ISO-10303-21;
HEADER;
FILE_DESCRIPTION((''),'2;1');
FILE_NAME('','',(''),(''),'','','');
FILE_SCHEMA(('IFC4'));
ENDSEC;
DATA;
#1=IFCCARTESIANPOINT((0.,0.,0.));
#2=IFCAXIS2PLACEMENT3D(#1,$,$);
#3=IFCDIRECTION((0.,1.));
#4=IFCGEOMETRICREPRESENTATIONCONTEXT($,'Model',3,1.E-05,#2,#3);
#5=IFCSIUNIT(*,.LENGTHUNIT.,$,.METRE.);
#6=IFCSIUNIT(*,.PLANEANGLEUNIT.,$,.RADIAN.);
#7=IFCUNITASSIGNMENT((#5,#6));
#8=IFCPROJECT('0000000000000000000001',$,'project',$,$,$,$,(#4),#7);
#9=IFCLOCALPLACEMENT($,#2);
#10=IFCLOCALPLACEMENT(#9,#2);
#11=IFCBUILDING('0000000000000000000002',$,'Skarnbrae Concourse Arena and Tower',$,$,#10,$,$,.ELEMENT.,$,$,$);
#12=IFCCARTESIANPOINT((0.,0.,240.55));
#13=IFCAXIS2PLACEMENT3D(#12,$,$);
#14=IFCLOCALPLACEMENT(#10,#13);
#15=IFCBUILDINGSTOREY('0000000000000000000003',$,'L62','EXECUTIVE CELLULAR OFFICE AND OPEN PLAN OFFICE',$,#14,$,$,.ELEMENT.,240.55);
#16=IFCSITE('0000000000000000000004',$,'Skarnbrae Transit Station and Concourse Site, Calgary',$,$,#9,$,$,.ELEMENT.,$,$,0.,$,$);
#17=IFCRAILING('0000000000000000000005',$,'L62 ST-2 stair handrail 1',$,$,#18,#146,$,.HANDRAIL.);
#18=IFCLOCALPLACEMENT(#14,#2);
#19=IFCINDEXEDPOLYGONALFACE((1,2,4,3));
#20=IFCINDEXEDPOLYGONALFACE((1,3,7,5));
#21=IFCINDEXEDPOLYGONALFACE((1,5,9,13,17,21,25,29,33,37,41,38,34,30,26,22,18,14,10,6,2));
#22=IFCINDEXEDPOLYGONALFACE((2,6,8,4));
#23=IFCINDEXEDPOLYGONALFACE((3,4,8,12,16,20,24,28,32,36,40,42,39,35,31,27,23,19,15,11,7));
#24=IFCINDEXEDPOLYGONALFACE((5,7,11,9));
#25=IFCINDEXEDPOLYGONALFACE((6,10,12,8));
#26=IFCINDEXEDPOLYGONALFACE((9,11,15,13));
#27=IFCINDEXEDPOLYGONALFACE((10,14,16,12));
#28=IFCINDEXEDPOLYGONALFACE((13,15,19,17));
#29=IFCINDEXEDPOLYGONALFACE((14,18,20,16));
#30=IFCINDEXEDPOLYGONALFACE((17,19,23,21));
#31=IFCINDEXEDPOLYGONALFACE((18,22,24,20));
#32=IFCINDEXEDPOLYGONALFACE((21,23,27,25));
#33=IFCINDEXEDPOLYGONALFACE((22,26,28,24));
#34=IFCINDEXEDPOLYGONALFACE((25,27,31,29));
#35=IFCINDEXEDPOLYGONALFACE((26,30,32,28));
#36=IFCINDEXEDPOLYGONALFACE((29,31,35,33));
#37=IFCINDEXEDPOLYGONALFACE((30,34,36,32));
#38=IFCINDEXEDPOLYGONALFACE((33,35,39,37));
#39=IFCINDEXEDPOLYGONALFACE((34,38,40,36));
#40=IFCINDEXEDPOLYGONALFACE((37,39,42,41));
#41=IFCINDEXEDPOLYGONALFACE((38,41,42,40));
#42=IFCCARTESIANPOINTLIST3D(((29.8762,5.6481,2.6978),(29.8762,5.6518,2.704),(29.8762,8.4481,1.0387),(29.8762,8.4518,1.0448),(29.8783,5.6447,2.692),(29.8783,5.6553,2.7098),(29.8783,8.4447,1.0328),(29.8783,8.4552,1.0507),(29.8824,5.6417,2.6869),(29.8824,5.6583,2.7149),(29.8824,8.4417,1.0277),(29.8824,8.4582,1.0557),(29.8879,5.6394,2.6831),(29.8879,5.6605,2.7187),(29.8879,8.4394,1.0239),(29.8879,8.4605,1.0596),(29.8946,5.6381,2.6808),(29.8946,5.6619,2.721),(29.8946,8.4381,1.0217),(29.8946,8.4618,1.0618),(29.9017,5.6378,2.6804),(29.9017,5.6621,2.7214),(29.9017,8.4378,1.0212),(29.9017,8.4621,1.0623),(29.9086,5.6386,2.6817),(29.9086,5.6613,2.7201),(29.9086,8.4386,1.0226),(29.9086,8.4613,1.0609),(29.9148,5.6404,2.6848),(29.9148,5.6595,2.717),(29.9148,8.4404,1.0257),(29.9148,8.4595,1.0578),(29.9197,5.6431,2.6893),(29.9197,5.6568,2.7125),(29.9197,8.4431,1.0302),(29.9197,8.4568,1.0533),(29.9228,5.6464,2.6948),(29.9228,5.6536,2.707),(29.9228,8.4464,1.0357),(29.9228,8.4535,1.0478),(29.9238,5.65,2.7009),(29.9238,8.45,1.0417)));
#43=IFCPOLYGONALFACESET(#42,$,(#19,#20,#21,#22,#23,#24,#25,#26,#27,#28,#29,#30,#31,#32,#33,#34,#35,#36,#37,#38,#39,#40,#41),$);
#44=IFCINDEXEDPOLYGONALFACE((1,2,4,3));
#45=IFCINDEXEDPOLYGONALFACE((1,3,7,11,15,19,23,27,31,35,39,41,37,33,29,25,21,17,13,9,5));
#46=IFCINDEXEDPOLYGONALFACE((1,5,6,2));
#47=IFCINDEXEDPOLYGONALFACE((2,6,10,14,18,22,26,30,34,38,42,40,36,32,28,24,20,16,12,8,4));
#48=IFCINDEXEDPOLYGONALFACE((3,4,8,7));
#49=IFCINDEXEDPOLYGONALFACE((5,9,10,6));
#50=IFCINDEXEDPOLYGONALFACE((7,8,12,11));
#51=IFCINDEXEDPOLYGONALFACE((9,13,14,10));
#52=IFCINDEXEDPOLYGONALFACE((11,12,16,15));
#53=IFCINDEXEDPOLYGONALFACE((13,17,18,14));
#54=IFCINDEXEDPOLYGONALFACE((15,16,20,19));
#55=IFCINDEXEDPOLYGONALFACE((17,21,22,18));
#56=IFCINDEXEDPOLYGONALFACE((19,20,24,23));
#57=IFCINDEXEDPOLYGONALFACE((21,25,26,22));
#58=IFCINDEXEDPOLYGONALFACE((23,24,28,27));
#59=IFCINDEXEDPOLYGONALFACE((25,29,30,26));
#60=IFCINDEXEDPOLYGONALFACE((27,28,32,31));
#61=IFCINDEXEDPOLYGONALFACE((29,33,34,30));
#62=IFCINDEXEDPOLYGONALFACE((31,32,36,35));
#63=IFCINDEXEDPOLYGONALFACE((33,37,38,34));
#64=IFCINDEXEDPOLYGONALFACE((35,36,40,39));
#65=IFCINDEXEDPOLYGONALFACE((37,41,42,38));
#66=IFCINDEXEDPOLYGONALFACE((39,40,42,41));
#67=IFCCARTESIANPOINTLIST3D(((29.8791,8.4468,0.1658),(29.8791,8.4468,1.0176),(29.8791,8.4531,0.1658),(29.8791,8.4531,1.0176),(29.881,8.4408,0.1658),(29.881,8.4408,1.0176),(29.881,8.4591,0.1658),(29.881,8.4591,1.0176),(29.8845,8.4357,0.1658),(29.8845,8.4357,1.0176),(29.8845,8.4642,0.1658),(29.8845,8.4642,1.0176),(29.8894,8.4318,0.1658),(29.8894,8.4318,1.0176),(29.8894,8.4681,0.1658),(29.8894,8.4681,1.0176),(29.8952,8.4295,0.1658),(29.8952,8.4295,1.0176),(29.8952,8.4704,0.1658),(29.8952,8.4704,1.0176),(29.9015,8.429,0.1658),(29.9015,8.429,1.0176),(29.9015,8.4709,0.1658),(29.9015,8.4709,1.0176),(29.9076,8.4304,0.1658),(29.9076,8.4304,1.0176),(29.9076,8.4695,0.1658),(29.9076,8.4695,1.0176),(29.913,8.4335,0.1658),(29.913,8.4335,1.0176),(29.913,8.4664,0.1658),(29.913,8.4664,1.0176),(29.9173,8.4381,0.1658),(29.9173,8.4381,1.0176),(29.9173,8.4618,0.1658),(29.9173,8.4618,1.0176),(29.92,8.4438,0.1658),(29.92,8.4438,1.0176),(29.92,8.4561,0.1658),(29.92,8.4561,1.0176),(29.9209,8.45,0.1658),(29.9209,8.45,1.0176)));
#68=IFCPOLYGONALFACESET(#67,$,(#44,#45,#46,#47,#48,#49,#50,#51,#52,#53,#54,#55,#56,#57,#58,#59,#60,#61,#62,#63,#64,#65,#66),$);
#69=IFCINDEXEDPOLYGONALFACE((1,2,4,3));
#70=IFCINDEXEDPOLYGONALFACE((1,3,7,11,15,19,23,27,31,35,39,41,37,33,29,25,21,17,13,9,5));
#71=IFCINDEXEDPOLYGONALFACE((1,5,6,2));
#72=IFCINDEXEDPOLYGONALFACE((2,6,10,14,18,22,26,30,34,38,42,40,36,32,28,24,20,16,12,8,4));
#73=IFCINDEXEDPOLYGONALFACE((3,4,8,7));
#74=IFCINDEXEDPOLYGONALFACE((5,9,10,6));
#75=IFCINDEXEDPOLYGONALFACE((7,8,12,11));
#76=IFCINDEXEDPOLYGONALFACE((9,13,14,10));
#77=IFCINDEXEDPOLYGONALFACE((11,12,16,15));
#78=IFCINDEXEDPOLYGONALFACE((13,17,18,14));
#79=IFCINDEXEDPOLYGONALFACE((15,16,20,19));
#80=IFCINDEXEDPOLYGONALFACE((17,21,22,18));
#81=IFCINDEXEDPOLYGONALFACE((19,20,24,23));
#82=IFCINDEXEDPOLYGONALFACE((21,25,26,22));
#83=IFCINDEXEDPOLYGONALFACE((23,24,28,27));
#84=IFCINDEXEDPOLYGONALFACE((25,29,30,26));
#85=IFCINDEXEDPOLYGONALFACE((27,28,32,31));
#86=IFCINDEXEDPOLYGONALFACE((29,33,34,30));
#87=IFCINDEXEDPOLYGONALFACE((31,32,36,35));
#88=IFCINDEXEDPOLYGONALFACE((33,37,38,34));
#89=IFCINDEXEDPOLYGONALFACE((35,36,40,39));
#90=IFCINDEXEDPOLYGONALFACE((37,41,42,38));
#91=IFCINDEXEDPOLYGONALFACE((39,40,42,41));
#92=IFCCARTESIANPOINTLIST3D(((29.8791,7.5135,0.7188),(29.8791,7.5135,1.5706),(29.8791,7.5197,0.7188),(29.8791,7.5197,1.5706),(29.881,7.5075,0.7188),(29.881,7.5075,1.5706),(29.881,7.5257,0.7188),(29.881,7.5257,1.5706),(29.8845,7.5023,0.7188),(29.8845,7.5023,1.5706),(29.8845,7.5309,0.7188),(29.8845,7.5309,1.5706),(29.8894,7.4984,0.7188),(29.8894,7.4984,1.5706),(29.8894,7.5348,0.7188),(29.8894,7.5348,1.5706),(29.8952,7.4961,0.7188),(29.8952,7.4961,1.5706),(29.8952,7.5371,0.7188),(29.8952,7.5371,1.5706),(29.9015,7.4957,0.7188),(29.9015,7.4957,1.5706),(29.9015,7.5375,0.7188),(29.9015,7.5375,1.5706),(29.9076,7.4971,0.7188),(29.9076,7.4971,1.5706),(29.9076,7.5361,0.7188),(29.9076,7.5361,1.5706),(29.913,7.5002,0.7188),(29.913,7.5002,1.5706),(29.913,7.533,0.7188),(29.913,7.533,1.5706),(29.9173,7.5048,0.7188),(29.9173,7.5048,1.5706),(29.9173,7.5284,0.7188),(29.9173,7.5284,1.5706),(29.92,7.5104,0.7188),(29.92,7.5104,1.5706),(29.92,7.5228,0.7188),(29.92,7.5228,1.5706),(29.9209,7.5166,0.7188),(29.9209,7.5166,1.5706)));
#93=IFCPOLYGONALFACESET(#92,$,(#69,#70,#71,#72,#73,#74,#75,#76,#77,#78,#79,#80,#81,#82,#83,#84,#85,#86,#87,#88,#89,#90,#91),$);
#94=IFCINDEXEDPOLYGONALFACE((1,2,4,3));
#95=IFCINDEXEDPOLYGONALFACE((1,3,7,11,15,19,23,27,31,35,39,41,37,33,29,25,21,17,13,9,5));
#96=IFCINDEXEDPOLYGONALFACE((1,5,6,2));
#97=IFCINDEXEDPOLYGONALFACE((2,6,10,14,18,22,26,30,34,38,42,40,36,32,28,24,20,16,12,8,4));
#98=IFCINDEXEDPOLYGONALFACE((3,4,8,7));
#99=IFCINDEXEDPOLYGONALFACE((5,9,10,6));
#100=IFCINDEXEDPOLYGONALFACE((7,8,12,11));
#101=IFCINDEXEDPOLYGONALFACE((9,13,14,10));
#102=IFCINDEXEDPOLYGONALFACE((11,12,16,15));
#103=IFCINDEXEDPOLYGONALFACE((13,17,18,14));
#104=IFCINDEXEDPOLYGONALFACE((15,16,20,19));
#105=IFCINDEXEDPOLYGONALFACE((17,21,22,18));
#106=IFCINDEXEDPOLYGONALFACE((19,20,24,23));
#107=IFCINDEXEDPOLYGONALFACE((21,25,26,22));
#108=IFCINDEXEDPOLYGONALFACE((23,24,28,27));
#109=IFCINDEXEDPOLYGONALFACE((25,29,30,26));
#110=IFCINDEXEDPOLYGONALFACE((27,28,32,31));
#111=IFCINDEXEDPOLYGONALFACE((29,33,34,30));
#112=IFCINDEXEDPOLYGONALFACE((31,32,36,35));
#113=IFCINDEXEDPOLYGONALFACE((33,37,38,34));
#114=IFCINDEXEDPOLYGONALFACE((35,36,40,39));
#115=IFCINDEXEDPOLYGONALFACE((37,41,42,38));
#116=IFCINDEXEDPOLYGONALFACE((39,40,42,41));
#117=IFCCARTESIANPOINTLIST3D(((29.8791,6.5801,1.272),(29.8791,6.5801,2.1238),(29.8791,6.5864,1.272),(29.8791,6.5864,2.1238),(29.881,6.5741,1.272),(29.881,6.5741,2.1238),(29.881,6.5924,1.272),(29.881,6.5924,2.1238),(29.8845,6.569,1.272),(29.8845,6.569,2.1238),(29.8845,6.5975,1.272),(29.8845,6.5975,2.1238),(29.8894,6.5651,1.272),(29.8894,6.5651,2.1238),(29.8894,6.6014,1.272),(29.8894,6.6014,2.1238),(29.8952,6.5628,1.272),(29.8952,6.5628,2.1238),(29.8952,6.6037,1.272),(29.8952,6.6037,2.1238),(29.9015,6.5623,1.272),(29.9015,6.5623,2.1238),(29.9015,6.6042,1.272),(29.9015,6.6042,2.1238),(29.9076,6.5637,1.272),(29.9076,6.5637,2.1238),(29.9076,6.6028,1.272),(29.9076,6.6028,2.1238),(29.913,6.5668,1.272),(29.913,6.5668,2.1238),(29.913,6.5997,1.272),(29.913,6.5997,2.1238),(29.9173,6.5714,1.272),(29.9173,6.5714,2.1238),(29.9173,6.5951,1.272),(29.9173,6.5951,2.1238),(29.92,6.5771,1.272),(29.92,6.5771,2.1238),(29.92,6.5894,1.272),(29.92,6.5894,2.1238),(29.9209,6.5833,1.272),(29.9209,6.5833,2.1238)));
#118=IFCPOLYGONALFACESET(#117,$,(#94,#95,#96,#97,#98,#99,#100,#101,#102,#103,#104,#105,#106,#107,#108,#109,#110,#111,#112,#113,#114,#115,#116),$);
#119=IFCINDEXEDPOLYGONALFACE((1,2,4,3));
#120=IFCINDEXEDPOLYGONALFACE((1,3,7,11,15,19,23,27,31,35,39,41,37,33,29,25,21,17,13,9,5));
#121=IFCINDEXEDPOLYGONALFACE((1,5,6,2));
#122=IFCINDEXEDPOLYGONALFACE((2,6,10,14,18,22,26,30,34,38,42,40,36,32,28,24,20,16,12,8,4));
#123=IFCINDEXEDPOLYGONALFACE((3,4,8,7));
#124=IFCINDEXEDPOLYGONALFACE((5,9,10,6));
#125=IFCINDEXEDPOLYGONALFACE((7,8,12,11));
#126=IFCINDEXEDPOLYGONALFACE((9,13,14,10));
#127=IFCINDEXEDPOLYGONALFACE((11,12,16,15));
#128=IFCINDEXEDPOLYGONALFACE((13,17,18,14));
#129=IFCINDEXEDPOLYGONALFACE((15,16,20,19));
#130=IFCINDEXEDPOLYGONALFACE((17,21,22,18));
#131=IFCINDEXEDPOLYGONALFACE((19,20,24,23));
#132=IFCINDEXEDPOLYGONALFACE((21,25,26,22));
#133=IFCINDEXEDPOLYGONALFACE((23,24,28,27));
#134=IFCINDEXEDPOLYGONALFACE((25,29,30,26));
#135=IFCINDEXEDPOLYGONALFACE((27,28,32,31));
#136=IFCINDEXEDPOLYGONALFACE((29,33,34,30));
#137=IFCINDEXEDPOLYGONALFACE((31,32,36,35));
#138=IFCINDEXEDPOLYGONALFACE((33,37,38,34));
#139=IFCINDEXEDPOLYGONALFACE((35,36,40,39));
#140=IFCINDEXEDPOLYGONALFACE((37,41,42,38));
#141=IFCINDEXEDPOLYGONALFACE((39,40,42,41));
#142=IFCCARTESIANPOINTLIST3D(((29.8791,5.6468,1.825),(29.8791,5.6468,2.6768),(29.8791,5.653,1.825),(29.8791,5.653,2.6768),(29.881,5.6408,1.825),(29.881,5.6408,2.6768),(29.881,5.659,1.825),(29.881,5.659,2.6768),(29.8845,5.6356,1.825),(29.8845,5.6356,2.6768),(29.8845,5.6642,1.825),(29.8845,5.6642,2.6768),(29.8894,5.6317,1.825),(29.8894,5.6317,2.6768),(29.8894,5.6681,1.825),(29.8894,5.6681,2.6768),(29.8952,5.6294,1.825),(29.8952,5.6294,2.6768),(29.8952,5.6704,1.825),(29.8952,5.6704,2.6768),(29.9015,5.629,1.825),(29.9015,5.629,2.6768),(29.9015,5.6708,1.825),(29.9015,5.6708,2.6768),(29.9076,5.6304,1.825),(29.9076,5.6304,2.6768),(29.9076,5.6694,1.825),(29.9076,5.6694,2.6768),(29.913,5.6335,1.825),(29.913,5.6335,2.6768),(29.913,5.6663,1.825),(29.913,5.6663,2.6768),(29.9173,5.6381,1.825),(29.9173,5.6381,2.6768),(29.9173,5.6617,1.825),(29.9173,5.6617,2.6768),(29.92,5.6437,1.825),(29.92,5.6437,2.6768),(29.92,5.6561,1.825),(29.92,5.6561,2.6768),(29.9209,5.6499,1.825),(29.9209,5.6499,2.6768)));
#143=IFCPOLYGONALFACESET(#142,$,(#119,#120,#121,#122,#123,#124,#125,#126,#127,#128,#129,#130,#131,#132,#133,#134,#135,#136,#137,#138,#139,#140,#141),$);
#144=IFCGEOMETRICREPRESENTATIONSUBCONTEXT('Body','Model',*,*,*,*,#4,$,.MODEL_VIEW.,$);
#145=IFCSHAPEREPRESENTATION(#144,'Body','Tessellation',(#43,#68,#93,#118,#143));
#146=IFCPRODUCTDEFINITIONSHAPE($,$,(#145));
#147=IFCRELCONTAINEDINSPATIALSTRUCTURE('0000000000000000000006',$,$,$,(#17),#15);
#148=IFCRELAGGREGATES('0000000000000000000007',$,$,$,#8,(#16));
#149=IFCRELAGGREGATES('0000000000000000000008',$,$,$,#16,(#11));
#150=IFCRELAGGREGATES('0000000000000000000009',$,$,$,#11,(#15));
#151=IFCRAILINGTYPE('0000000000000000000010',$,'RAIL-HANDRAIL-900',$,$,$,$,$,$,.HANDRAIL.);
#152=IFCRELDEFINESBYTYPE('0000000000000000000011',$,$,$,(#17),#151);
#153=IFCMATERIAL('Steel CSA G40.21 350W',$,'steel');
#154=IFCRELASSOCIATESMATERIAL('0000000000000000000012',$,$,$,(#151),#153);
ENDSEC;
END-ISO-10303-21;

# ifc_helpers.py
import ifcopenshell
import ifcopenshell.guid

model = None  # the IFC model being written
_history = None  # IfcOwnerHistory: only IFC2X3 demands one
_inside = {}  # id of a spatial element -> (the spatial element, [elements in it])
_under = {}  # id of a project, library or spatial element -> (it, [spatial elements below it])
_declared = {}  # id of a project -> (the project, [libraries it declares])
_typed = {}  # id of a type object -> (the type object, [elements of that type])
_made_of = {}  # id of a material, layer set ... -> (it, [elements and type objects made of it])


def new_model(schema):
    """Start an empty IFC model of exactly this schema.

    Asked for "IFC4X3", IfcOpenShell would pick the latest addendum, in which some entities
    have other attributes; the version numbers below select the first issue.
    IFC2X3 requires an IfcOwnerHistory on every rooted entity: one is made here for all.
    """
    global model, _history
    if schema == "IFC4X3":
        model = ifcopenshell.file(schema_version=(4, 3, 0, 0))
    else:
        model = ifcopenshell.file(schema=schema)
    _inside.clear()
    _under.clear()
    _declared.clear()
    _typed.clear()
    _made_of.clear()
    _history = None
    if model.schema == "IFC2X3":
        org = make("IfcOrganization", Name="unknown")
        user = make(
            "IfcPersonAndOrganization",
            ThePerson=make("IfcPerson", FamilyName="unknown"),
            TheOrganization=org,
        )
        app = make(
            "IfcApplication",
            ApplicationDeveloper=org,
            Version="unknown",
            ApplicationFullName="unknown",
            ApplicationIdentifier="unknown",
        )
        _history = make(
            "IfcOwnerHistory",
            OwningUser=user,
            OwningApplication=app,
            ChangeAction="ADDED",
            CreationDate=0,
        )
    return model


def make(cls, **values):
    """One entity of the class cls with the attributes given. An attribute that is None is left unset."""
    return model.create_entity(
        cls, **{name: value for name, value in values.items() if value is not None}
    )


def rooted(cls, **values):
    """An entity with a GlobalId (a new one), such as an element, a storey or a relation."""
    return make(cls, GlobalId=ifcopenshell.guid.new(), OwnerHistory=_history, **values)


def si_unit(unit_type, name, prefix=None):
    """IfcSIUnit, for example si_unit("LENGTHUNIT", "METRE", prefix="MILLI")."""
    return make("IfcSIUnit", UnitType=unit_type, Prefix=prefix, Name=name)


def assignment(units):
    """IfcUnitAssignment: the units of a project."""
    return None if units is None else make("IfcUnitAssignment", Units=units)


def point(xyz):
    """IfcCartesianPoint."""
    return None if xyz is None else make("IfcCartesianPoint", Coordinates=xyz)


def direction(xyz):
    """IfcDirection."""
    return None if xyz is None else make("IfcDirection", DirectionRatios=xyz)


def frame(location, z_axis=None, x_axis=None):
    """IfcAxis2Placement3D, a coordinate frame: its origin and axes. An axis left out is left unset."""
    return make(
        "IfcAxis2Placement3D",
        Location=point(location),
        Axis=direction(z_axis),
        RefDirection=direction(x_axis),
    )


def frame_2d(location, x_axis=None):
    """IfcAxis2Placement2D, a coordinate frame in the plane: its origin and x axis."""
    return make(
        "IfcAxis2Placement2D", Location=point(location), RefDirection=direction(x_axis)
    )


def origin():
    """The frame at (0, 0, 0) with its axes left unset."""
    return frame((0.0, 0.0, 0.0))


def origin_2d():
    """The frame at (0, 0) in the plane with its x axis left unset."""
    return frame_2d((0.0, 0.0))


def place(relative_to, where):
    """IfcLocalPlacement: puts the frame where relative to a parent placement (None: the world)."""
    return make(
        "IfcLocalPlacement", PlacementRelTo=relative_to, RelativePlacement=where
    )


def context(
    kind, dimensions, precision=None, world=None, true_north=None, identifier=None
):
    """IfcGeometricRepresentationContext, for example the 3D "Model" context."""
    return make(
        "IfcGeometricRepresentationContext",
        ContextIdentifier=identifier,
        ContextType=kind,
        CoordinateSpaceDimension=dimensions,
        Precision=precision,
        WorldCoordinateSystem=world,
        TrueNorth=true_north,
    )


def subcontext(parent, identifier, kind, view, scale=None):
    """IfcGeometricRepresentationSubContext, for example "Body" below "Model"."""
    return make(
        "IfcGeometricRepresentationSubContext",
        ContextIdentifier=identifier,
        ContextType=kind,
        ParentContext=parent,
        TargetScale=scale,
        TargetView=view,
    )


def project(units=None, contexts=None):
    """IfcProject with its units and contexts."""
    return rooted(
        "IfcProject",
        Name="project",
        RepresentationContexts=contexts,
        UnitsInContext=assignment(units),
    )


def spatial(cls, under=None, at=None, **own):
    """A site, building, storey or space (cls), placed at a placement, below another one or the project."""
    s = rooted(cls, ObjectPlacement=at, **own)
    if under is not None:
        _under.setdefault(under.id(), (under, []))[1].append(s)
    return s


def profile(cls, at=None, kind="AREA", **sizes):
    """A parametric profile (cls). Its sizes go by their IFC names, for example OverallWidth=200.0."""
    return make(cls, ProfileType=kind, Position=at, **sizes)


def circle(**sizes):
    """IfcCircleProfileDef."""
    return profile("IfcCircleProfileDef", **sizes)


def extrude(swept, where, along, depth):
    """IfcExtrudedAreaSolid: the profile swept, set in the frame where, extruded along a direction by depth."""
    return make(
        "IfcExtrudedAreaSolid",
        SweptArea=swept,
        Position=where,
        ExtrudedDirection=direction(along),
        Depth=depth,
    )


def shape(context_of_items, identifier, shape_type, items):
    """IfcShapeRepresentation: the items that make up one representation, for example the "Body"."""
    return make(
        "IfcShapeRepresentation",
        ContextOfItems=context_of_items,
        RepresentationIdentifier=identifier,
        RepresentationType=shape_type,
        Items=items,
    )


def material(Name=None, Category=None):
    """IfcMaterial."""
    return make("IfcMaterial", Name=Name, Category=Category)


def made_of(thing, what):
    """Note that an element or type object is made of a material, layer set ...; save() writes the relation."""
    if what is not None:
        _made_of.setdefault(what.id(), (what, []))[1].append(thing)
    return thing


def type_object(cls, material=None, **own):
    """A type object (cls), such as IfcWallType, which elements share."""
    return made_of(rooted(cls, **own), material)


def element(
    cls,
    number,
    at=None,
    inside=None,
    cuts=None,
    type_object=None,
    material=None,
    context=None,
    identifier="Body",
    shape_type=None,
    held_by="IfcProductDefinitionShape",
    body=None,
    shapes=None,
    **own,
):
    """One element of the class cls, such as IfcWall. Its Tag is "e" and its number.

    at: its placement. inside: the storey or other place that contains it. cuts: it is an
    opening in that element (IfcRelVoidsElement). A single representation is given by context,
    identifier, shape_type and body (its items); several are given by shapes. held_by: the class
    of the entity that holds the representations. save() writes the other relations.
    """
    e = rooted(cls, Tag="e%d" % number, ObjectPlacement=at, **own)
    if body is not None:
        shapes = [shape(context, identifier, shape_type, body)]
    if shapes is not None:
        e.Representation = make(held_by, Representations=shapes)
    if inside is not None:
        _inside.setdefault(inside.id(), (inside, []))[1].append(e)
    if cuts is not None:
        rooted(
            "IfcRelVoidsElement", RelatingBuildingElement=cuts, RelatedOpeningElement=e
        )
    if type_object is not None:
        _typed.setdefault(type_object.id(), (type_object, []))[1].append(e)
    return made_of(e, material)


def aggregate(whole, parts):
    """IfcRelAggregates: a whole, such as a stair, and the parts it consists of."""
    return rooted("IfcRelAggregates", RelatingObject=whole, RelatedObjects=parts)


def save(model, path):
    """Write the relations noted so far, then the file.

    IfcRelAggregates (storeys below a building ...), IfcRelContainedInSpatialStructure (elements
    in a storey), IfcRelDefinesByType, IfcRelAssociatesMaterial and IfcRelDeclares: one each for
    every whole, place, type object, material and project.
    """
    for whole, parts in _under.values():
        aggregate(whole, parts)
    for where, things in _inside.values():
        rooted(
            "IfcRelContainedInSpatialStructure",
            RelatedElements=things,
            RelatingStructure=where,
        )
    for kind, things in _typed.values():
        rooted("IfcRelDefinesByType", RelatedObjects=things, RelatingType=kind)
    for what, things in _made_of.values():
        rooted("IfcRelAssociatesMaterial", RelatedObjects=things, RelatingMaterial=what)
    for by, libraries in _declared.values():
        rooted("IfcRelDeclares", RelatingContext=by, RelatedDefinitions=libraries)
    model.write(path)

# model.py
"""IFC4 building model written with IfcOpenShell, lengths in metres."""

from ifc_helpers import new_model, si_unit, direction, frame, origin, origin_2d, place, context, subcontext, project, spatial, circle, extrude, material, type_object, element, save


model = new_model("IFC4")

# Units and contexts
model_context = context("Model", 3, precision=1e-05, world=origin(), true_north=direction((0.0, 1.0)))
body_context = subcontext(model_context, "Body", "Model", "MODEL_VIEW")
ifc_project = project(units=[si_unit("LENGTHUNIT", "METRE"), si_unit("PLANEANGLEUNIT", "RADIAN")], contexts=[model_context])

# Site, building, storey
site_placement = place(None, origin())
site = spatial("IfcSite", under=ifc_project, at=site_placement, Name="Skarnbrae Transit Station and Concourse Site, Calgary", CompositionType="ELEMENT", RefElevation=0.0)
building_placement = place(site_placement, origin())
building = spatial("IfcBuilding", under=site, at=building_placement, Name="Skarnbrae Concourse Arena and Tower", CompositionType="ELEMENT")
storey_placement = place(building_placement, frame((0.0, 0.0, 240.55)))
storey = spatial("IfcBuildingStorey", under=building, at=storey_placement, Name="L62", Description="EXECUTIVE CELLULAR OFFICE AND OPEN PLAN OFFICE", CompositionType="ELEMENT", Elevation=240.55)

# Shared definitions
ifc_material_1 = material(Name="Steel CSA G40.21 350W", Category="steel")

# Railing
railing_type_1 = type_object("IfcRailingType", Name="RAIL-HANDRAIL-900", PredefinedType="HANDRAIL", material=ifc_material_1)
railing_1_placement = place(storey_placement, frame((29.8999, 8.45, 0.1658)))
element("IfcRailing", 1, at=railing_1_placement, inside=storey, type_object=railing_type_1, Name="L62 ST-2 stair handrail 1", PredefinedType="HANDRAIL", context=body_context, shape_type="SweptSolid", body=[
    extrude(circle(Radius=0.0239, at=origin_2d()), frame((0.0, 0.0, 0.876), z_axis=(0.0, -0.860306, 0.509778), x_axis=(1.0, 0.0, 0.0)), (0.0, 0.0, 1.0), 3.2546),
    extrude(circle(Radius=0.021, at=origin_2d()), origin(), (0.0, 0.0, 1.0), 0.8518),
    extrude(circle(Radius=0.021, at=origin_2d()), frame((0.0, -0.9333, 0.553)), (0.0, 0.0, 1.0), 0.8518),
    extrude(circle(Radius=0.021, at=origin_2d()), frame((0.0, -1.8667, 1.1062)), (0.0, 0.0, 1.0), 0.8518),
    extrude(circle(Radius=0.021, at=origin_2d()), frame((0.0, -2.8, 1.6592)), (0.0, 0.0, 1.0), 0.8518),
])

save(model, "model.ifc")
